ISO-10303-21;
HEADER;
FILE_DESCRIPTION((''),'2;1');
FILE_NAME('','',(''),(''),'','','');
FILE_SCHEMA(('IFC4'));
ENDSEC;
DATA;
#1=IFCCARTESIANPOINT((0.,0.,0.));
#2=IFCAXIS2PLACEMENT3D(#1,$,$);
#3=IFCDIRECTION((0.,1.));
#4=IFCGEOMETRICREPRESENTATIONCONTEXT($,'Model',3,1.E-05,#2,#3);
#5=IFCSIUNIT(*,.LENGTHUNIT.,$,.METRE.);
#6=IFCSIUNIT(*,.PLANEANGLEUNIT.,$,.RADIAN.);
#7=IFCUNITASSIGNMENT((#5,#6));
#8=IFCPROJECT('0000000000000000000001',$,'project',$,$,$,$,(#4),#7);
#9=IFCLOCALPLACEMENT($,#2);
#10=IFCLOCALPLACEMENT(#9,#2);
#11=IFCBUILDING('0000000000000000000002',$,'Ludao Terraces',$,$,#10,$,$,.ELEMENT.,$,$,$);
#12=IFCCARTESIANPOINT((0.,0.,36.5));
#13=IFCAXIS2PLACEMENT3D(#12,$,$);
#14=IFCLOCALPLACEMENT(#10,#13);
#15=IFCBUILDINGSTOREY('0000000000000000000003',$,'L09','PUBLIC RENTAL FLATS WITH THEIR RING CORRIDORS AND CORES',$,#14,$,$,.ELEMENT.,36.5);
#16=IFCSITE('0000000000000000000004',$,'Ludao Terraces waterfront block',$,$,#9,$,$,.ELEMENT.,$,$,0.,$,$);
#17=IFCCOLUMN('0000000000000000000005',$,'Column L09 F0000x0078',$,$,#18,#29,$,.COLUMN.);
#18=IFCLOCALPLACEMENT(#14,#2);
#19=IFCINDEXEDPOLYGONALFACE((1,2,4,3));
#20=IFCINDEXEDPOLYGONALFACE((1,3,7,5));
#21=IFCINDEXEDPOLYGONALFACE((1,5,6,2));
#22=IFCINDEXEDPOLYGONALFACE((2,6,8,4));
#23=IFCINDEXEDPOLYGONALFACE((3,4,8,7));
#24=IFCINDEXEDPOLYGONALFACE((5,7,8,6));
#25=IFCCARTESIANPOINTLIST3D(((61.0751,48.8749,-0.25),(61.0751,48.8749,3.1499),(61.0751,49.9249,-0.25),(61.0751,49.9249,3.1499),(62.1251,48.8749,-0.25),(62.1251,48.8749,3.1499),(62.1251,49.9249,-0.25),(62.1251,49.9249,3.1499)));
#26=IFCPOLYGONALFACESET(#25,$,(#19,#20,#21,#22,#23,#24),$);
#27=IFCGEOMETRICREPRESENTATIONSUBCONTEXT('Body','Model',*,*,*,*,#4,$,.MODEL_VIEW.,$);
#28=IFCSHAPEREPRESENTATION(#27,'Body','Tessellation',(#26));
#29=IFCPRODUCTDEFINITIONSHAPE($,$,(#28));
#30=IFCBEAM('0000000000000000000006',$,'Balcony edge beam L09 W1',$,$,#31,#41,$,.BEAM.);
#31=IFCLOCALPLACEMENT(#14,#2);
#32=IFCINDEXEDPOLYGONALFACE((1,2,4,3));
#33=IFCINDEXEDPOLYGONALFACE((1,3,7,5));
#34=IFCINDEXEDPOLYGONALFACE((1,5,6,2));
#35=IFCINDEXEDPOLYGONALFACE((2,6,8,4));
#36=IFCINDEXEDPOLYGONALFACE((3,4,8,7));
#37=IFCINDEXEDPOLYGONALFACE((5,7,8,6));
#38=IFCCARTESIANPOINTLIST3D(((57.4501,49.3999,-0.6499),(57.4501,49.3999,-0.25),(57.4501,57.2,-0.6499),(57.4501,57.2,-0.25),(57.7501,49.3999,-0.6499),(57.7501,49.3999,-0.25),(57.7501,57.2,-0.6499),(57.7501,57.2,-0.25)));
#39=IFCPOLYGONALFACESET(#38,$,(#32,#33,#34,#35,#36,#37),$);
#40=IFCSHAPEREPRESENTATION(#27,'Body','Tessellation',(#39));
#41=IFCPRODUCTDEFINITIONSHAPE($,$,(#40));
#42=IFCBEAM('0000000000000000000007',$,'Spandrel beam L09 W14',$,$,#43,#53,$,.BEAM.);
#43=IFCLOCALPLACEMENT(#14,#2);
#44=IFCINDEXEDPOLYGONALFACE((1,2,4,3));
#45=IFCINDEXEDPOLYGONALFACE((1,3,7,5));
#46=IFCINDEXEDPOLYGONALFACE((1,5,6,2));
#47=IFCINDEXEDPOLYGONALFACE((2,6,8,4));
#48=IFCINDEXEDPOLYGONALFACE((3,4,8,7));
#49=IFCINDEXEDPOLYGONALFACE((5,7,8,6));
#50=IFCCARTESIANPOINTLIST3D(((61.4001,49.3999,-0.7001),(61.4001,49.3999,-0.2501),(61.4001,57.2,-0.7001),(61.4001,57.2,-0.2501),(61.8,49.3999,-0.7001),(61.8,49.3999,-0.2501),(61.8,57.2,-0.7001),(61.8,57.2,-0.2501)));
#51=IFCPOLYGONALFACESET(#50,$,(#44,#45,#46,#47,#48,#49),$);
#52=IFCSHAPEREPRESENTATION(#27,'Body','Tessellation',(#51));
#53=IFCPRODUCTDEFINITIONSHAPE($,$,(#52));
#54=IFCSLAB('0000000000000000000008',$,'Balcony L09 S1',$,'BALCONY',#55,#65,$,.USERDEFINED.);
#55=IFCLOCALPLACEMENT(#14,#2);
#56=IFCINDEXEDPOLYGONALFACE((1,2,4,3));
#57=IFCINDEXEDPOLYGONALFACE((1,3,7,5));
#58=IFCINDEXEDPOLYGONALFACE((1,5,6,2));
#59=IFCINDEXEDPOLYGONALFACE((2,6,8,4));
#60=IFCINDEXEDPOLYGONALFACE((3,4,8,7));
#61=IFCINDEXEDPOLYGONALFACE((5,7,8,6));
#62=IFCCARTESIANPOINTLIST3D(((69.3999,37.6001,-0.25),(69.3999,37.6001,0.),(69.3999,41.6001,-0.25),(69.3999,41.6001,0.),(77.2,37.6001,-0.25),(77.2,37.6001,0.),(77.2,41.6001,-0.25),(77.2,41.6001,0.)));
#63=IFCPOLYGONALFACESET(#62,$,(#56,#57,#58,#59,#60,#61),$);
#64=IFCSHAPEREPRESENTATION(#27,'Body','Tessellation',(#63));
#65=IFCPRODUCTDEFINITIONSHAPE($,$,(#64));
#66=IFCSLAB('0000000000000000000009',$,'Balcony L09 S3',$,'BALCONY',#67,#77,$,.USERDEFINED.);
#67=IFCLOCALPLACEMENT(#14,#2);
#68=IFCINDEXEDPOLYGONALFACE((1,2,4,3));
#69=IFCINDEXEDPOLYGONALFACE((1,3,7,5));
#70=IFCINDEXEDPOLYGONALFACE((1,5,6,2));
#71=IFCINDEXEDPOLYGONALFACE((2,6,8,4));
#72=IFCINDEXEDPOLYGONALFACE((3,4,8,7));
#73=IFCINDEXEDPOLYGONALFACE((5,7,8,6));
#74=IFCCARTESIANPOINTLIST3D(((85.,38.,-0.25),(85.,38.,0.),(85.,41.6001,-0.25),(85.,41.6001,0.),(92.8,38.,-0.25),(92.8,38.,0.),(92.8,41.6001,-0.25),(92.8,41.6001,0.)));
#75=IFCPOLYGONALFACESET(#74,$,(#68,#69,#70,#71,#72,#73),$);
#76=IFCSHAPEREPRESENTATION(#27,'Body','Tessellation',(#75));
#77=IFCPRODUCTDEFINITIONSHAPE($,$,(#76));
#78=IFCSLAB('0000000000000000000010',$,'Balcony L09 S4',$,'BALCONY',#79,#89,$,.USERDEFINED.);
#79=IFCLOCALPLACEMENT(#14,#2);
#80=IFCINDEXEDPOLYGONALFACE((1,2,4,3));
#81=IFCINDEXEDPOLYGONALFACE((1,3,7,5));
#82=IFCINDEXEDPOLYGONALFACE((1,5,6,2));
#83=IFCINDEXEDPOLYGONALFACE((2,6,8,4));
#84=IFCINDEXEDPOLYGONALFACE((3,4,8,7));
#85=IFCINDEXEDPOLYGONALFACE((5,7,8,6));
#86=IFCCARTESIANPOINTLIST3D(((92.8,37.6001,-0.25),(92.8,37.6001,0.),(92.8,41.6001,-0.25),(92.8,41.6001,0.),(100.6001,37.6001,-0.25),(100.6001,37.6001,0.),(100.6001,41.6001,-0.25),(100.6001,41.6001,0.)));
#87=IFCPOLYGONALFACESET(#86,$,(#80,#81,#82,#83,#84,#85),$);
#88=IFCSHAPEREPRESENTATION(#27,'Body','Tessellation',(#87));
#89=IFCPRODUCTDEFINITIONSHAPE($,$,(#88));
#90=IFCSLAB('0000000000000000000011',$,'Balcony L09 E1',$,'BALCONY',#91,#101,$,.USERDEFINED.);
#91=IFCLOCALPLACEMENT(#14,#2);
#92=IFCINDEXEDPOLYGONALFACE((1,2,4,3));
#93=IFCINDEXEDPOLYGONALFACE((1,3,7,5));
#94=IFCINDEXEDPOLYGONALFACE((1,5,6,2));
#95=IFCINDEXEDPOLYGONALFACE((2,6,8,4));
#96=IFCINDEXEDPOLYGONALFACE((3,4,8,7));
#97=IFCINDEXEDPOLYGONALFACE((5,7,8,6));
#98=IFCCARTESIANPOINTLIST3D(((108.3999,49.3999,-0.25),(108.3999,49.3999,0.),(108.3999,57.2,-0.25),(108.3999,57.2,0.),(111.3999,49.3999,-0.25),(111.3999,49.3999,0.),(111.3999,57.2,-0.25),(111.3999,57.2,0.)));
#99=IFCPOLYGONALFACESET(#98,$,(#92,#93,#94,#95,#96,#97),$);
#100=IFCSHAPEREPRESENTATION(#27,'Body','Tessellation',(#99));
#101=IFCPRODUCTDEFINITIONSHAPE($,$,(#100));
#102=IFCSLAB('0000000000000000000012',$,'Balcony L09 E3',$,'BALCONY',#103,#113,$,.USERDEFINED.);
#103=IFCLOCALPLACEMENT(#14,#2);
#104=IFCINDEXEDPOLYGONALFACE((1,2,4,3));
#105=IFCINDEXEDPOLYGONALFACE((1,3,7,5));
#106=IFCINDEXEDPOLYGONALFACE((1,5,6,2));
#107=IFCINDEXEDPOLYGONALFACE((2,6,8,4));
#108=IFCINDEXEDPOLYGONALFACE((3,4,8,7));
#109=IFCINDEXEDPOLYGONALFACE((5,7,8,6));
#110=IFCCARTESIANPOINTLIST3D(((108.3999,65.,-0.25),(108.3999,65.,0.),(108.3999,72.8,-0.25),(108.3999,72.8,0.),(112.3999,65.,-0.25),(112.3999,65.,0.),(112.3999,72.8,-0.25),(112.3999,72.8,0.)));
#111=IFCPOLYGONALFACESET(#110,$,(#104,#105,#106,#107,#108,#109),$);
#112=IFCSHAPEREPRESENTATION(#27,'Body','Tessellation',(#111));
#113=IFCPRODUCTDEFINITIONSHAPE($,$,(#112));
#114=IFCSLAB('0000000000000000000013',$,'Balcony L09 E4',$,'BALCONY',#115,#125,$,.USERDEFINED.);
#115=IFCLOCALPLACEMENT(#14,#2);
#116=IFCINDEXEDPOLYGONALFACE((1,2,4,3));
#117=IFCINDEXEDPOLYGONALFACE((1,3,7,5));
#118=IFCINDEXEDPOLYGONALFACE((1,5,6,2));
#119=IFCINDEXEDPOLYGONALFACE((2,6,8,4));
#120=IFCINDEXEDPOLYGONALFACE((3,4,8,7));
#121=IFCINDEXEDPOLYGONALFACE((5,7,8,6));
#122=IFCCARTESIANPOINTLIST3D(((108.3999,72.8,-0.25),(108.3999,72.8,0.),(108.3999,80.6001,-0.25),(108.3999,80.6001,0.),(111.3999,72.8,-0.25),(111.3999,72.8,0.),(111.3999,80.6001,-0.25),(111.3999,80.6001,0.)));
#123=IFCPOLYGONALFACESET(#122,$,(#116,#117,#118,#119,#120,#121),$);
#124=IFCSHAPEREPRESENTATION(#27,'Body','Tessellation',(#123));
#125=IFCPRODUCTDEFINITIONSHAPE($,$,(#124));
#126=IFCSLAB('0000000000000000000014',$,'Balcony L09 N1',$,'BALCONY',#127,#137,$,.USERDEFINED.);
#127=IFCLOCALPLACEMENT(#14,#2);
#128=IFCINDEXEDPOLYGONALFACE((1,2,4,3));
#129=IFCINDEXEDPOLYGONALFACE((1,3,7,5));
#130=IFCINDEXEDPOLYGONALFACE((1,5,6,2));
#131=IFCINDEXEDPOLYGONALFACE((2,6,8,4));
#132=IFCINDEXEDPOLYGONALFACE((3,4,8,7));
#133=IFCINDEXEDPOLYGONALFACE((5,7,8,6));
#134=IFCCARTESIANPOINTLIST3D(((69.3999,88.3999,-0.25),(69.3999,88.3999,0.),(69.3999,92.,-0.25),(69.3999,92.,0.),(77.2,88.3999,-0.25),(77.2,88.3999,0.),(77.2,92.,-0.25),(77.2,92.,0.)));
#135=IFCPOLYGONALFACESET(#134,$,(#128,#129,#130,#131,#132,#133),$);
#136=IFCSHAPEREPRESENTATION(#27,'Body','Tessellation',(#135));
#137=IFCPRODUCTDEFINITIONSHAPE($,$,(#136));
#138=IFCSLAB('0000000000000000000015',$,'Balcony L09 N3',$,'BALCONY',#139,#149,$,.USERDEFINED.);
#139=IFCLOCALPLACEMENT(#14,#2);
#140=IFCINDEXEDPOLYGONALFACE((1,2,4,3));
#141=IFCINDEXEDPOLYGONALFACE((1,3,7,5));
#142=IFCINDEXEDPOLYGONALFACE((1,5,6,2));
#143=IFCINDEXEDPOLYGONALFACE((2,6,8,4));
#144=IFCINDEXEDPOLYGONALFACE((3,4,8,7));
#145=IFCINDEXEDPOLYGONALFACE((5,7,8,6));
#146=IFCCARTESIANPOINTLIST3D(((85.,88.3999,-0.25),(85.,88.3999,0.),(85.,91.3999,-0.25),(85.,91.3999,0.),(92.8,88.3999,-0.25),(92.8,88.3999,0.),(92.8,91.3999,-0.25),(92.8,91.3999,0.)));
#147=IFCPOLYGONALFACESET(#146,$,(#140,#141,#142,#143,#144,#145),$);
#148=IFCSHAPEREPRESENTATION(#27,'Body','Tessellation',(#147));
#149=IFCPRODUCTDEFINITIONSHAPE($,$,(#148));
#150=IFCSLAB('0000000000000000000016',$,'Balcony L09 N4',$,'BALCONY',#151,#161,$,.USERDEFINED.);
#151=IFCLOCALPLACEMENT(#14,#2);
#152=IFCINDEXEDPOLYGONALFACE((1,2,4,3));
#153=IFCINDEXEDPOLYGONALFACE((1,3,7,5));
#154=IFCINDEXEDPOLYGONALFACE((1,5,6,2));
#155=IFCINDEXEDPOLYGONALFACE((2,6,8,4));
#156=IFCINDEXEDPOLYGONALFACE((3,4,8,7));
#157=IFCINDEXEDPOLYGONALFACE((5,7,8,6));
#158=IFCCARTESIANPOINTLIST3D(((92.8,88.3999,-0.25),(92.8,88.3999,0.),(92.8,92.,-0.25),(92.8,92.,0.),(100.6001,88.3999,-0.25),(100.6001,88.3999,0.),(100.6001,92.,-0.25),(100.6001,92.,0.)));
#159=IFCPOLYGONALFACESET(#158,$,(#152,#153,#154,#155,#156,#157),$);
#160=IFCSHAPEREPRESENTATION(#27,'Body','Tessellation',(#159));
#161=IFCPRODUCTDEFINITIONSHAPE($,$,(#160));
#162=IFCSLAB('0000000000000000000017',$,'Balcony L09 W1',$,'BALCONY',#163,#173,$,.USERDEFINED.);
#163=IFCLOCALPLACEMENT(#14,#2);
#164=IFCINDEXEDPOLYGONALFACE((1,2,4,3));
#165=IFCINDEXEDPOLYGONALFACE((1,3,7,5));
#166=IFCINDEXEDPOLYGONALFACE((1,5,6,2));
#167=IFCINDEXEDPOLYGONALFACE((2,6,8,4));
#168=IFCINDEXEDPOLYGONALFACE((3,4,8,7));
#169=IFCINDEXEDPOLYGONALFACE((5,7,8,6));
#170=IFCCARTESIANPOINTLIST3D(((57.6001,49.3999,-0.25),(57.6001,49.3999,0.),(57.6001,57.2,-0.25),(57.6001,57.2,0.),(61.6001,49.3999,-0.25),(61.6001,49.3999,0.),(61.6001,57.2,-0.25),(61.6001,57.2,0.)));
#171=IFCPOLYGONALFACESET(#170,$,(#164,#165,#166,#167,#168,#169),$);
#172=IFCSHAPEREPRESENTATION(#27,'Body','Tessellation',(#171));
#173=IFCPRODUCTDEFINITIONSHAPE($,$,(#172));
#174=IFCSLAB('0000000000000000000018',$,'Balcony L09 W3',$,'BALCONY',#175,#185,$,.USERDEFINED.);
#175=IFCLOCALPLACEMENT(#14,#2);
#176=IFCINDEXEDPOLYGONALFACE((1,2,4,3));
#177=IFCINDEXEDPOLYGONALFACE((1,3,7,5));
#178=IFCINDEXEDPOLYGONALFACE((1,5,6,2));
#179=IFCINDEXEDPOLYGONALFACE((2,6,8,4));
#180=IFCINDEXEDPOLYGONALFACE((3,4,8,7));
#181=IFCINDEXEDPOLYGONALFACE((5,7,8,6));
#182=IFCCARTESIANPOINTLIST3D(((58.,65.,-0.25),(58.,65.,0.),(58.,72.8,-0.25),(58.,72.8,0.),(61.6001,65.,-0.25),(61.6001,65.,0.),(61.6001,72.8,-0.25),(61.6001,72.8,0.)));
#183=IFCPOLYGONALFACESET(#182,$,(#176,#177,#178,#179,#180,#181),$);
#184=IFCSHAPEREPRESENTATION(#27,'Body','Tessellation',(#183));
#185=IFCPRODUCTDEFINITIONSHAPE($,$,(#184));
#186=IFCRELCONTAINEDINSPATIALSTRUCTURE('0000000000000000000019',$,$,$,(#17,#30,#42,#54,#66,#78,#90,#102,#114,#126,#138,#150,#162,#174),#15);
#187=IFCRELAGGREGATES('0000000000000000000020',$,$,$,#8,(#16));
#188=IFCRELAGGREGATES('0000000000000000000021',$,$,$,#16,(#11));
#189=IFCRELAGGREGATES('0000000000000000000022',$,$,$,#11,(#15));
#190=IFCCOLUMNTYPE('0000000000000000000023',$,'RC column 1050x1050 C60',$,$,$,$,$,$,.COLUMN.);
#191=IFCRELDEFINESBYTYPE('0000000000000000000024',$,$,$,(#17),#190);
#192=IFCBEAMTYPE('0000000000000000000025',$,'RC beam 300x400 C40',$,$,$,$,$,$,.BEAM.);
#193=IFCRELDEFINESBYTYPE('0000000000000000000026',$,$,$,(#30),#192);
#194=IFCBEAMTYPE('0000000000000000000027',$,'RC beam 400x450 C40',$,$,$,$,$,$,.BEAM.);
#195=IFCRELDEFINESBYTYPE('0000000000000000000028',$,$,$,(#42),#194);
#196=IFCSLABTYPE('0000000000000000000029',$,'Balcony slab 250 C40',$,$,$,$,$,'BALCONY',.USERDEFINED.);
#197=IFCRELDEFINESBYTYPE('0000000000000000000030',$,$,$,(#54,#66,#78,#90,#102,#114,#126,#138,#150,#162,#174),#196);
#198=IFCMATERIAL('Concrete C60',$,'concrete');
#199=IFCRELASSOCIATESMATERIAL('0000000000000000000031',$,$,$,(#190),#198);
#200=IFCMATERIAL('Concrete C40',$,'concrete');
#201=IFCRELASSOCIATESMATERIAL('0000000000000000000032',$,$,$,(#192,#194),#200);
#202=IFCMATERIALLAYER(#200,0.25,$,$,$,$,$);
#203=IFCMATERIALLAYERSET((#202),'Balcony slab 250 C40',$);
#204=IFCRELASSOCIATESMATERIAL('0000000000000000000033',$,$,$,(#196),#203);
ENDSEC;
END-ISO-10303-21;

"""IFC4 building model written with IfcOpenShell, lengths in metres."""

from ifc_helpers import new_model, si_unit, direction, frame, origin, origin_2d, place, context, subcontext, project, spatial, polyline, rectangle, outline, extrude, material, layer, layer_set, material_profile, profile_set, type_object, element, save


model = new_model("IFC4")

# Units and contexts
model_context = context("Model", 3, precision=1e-05, world=origin(), true_north=direction((0.0, 1.0)))
body_context = subcontext(model_context, "Body", "Model", "MODEL_VIEW")
ifc_project = project(units=[si_unit("LENGTHUNIT", "METRE"), si_unit("PLANEANGLEUNIT", "RADIAN")], contexts=[model_context])

# Site, building, storey
site_placement = place(None, origin())
site = spatial("IfcSite", under=ifc_project, at=site_placement, Name="Ludao Terraces waterfront block", CompositionType="ELEMENT", RefElevation=0.0)
building_placement = place(site_placement, origin())
building = spatial("IfcBuilding", under=site, at=building_placement, Name="Ludao Terraces", CompositionType="ELEMENT")
storey_placement = place(building_placement, frame((0.0, 0.0, 36.5)))
storey = spatial("IfcBuildingStorey", under=building, at=storey_placement, Name="L09", Description="PUBLIC RENTAL FLATS WITH THEIR RING CORRIDORS AND CORES", CompositionType="ELEMENT", Elevation=36.5)

# Column
ifc_material_1 = material(Name="Concrete C60", Category="concrete")
ifc_material_profile_1 = material_profile(ifc_material_1, rectangle(XDim=1.05, YDim=1.05, at=origin_2d()), Name="1050 X 1050")
ifc_profile_set_1 = profile_set([ifc_material_profile_1], Name="Concrete C60")
column_type = type_object("IfcColumnType", Name="RC column 1050x1050 C60", PredefinedType="COLUMN", material=ifc_profile_set_1)
column_placement = place(storey_placement, frame((61.6001, 49.3999, -0.25), z_axis=(0.0, 0.0, 1.0), x_axis=(1.0, 0.0, 0.0)))
element("IfcColumn", 1, at=column_placement, inside=storey, type_object=column_type, Name="Column L09 F0000x0078", PredefinedType="COLUMN", context=body_context, shape_type="SweptSolid", body=[
    extrude(rectangle(XDim=1.05, YDim=1.05, at=origin_2d()), origin(), (0.0, 0.0, 1.0), 3.3999),
])

# Beams
ifc_material_2 = material(Name="Concrete C40", Category="concrete")
ifc_material_profile_2 = material_profile(ifc_material_2, rectangle(XDim=0.3, YDim=0.3999, at=origin_2d()), Name="300 X 400")
ifc_profile_set_2 = profile_set([ifc_material_profile_2], Name="Concrete C40")
beam_type_1 = type_object("IfcBeamType", Name="RC beam 300x400 C40", PredefinedType="BEAM", material=ifc_profile_set_2)
beam_1_placement = place(storey_placement, frame((57.6001, 49.3999, -0.45), z_axis=(0.0, 1.0, 0.0), x_axis=(-1.0, 0.0, 0.0)))
element("IfcBeam", 2, at=beam_1_placement, inside=storey, type_object=beam_type_1, Name="Balcony edge beam L09 W1", PredefinedType="BEAM", context=body_context, shape_type="SweptSolid", body=[
    extrude(rectangle(XDim=0.3, YDim=0.3999, at=origin_2d()), origin(), (0.0, 0.0, 1.0), 7.8),
])
ifc_material_profile_3 = material_profile(ifc_material_2, rectangle(XDim=0.3999, YDim=0.45, at=origin_2d()), Name="400 X 450")
ifc_profile_set_3 = profile_set([ifc_material_profile_3], Name="Concrete C40")
beam_type_2 = type_object("IfcBeamType", Name="RC beam 400x450 C40", PredefinedType="BEAM", material=ifc_profile_set_3)
beam_2_placement = place(storey_placement, frame((61.6001, 49.3999, -0.4751), z_axis=(0.0, 1.0, 0.0), x_axis=(-1.0, 0.0, 0.0)))
element("IfcBeam", 3, at=beam_2_placement, inside=storey, type_object=beam_type_2, Name="Spandrel beam L09 W14", PredefinedType="BEAM", context=body_context, shape_type="SweptSolid", body=[
    extrude(rectangle(XDim=0.3999, YDim=0.45, at=origin_2d()), origin(), (0.0, 0.0, 1.0), 7.8),
])

# Slabs
ifc_layer_1 = layer(ifc_material_2, 0.25)
ifc_layer_set_1 = layer_set([ifc_layer_1], Name="Balcony slab 250 C40")
slab_type_1 = type_object("IfcSlabType", Name="Balcony slab 250 C40", ElementType="BALCONY", PredefinedType="USERDEFINED", material=ifc_layer_set_1)
slab_1_placement = place(storey_placement, frame((0.0, 0.0, -0.25)))
element("IfcSlab", 4, at=slab_1_placement, inside=storey, type_object=slab_type_1, Name="Balcony L09 S1", ObjectType="BALCONY", PredefinedType="USERDEFINED", context=body_context, shape_type="SweptSolid", body=[
    extrude(outline(polyline([(69.3999, 37.6001), (77.2, 37.6001), (77.2, 41.6001), (69.3999, 41.6001), (69.3999, 37.6001)])), origin(), (0.0, 0.0, 1.0), 0.25),
])
slab_2_placement = place(storey_placement, frame((0.0, 0.0, -0.25)))
element("IfcSlab", 5, at=slab_2_placement, inside=storey, type_object=slab_type_1, Name="Balcony L09 S3", ObjectType="BALCONY", PredefinedType="USERDEFINED", context=body_context, shape_type="SweptSolid", body=[
    extrude(outline(polyline([(85.0, 38.0), (92.8, 38.0), (92.8, 41.6001), (85.0, 41.6001), (85.0, 38.0)])), origin(), (0.0, 0.0, 1.0), 0.25),
])
slab_3_placement = place(storey_placement, frame((0.0, 0.0, -0.25)))
element("IfcSlab", 6, at=slab_3_placement, inside=storey, type_object=slab_type_1, Name="Balcony L09 S4", ObjectType="BALCONY", PredefinedType="USERDEFINED", context=body_context, shape_type="SweptSolid", body=[
    extrude(outline(polyline([(92.8, 37.6001), (100.6001, 37.6001), (100.6001, 41.6001), (92.8, 41.6001), (92.8, 37.6001)])), origin(), (0.0, 0.0, 1.0), 0.25),
])
slab_4_placement = place(storey_placement, frame((0.0, 0.0, -0.25)))
element("IfcSlab", 7, at=slab_4_placement, inside=storey, type_object=slab_type_1, Name="Balcony L09 E1", ObjectType="BALCONY", PredefinedType="USERDEFINED", context=body_context, shape_type="SweptSolid", body=[
    extrude(outline(polyline([(108.3999, 49.3999), (111.3999, 49.3999), (111.3999, 57.2), (108.3999, 57.2), (108.3999, 49.3999)])), origin(), (0.0, 0.0, 1.0), 0.25),
])
slab_5_placement = place(storey_placement, frame((0.0, 0.0, -0.25)))
element("IfcSlab", 8, at=slab_5_placement, inside=storey, type_object=slab_type_1, Name="Balcony L09 E3", ObjectType="BALCONY", PredefinedType="USERDEFINED", context=body_context, shape_type="SweptSolid", body=[
    extrude(outline(polyline([(108.3999, 65.0), (112.3999, 65.0), (112.3999, 72.8), (108.3999, 72.8), (108.3999, 65.0)])), origin(), (0.0, 0.0, 1.0), 0.25),
])
slab_6_placement = place(storey_placement, frame((0.0, 0.0, -0.25)))
element("IfcSlab", 9, at=slab_6_placement, inside=storey, type_object=slab_type_1, Name="Balcony L09 E4", ObjectType="BALCONY", PredefinedType="USERDEFINED", context=body_context, shape_type="SweptSolid", body=[
    extrude(outline(polyline([(108.3999, 72.8), (111.3999, 72.8), (111.3999, 80.6001), (108.3999, 80.6001), (108.3999, 72.8)])), origin(), (0.0, 0.0, 1.0), 0.25),
])
slab_7_placement = place(storey_placement, frame((0.0, 0.0, -0.25)))
element("IfcSlab", 10, at=slab_7_placement, inside=storey, type_object=slab_type_1, Name="Balcony L09 N1", ObjectType="BALCONY", PredefinedType="USERDEFINED", context=body_context, shape_type="SweptSolid", body=[
    extrude(outline(polyline([(69.3999, 88.3999), (77.2, 88.3999), (77.2, 92.0), (69.3999, 92.0), (69.3999, 88.3999)])), origin(), (0.0, 0.0, 1.0), 0.25),
])
slab_8_placement = place(storey_placement, frame((0.0, 0.0, -0.25)))
element("IfcSlab", 11, at=slab_8_placement, inside=storey, type_object=slab_type_1, Name="Balcony L09 N3", ObjectType="BALCONY", PredefinedType="USERDEFINED", context=body_context, shape_type="SweptSolid", body=[
    extrude(outline(polyline([(85.0, 88.3999), (92.8, 88.3999), (92.8, 91.3999), (85.0, 91.3999), (85.0, 88.3999)])), origin(), (0.0, 0.0, 1.0), 0.25),
])
slab_9_placement = place(storey_placement, frame((0.0, 0.0, -0.25)))
element("IfcSlab", 12, at=slab_9_placement, inside=storey, type_object=slab_type_1, Name="Balcony L09 N4", ObjectType="BALCONY", PredefinedType="USERDEFINED", context=body_context, shape_type="SweptSolid", body=[
    extrude(outline(polyline([(92.8, 88.3999), (100.6001, 88.3999), (100.6001, 92.0), (92.8, 92.0), (92.8, 88.3999)])), origin(), (0.0, 0.0, 1.0), 0.25),
])
slab_10_placement = place(storey_placement, frame((0.0, 0.0, -0.25)))
element("IfcSlab", 13, at=slab_10_placement, inside=storey, type_object=slab_type_1, Name="Balcony L09 W1", ObjectType="BALCONY", PredefinedType="USERDEFINED", context=body_context, shape_type="SweptSolid", body=[
    extrude(outline(polyline([(57.6001, 49.3999), (61.6001, 49.3999), (61.6001, 57.2), (57.6001, 57.2), (57.6001, 49.3999)])), origin(), (0.0, 0.0, 1.0), 0.25),
])
slab_11_placement = place(storey_placement, frame((0.0, 0.0, -0.25)))
element("IfcSlab", 14, at=slab_11_placement, inside=storey, type_object=slab_type_1, Name="Balcony L09 W3", ObjectType="BALCONY", PredefinedType="USERDEFINED", context=body_context, shape_type="SweptSolid", body=[
    extrude(outline(polyline([(58.0, 65.0), (61.6001, 65.0), (61.6001, 72.8), (58.0, 72.8), (58.0, 65.0)])), origin(), (0.0, 0.0, 1.0), 0.25),
])

save(model, "model.ifc")
